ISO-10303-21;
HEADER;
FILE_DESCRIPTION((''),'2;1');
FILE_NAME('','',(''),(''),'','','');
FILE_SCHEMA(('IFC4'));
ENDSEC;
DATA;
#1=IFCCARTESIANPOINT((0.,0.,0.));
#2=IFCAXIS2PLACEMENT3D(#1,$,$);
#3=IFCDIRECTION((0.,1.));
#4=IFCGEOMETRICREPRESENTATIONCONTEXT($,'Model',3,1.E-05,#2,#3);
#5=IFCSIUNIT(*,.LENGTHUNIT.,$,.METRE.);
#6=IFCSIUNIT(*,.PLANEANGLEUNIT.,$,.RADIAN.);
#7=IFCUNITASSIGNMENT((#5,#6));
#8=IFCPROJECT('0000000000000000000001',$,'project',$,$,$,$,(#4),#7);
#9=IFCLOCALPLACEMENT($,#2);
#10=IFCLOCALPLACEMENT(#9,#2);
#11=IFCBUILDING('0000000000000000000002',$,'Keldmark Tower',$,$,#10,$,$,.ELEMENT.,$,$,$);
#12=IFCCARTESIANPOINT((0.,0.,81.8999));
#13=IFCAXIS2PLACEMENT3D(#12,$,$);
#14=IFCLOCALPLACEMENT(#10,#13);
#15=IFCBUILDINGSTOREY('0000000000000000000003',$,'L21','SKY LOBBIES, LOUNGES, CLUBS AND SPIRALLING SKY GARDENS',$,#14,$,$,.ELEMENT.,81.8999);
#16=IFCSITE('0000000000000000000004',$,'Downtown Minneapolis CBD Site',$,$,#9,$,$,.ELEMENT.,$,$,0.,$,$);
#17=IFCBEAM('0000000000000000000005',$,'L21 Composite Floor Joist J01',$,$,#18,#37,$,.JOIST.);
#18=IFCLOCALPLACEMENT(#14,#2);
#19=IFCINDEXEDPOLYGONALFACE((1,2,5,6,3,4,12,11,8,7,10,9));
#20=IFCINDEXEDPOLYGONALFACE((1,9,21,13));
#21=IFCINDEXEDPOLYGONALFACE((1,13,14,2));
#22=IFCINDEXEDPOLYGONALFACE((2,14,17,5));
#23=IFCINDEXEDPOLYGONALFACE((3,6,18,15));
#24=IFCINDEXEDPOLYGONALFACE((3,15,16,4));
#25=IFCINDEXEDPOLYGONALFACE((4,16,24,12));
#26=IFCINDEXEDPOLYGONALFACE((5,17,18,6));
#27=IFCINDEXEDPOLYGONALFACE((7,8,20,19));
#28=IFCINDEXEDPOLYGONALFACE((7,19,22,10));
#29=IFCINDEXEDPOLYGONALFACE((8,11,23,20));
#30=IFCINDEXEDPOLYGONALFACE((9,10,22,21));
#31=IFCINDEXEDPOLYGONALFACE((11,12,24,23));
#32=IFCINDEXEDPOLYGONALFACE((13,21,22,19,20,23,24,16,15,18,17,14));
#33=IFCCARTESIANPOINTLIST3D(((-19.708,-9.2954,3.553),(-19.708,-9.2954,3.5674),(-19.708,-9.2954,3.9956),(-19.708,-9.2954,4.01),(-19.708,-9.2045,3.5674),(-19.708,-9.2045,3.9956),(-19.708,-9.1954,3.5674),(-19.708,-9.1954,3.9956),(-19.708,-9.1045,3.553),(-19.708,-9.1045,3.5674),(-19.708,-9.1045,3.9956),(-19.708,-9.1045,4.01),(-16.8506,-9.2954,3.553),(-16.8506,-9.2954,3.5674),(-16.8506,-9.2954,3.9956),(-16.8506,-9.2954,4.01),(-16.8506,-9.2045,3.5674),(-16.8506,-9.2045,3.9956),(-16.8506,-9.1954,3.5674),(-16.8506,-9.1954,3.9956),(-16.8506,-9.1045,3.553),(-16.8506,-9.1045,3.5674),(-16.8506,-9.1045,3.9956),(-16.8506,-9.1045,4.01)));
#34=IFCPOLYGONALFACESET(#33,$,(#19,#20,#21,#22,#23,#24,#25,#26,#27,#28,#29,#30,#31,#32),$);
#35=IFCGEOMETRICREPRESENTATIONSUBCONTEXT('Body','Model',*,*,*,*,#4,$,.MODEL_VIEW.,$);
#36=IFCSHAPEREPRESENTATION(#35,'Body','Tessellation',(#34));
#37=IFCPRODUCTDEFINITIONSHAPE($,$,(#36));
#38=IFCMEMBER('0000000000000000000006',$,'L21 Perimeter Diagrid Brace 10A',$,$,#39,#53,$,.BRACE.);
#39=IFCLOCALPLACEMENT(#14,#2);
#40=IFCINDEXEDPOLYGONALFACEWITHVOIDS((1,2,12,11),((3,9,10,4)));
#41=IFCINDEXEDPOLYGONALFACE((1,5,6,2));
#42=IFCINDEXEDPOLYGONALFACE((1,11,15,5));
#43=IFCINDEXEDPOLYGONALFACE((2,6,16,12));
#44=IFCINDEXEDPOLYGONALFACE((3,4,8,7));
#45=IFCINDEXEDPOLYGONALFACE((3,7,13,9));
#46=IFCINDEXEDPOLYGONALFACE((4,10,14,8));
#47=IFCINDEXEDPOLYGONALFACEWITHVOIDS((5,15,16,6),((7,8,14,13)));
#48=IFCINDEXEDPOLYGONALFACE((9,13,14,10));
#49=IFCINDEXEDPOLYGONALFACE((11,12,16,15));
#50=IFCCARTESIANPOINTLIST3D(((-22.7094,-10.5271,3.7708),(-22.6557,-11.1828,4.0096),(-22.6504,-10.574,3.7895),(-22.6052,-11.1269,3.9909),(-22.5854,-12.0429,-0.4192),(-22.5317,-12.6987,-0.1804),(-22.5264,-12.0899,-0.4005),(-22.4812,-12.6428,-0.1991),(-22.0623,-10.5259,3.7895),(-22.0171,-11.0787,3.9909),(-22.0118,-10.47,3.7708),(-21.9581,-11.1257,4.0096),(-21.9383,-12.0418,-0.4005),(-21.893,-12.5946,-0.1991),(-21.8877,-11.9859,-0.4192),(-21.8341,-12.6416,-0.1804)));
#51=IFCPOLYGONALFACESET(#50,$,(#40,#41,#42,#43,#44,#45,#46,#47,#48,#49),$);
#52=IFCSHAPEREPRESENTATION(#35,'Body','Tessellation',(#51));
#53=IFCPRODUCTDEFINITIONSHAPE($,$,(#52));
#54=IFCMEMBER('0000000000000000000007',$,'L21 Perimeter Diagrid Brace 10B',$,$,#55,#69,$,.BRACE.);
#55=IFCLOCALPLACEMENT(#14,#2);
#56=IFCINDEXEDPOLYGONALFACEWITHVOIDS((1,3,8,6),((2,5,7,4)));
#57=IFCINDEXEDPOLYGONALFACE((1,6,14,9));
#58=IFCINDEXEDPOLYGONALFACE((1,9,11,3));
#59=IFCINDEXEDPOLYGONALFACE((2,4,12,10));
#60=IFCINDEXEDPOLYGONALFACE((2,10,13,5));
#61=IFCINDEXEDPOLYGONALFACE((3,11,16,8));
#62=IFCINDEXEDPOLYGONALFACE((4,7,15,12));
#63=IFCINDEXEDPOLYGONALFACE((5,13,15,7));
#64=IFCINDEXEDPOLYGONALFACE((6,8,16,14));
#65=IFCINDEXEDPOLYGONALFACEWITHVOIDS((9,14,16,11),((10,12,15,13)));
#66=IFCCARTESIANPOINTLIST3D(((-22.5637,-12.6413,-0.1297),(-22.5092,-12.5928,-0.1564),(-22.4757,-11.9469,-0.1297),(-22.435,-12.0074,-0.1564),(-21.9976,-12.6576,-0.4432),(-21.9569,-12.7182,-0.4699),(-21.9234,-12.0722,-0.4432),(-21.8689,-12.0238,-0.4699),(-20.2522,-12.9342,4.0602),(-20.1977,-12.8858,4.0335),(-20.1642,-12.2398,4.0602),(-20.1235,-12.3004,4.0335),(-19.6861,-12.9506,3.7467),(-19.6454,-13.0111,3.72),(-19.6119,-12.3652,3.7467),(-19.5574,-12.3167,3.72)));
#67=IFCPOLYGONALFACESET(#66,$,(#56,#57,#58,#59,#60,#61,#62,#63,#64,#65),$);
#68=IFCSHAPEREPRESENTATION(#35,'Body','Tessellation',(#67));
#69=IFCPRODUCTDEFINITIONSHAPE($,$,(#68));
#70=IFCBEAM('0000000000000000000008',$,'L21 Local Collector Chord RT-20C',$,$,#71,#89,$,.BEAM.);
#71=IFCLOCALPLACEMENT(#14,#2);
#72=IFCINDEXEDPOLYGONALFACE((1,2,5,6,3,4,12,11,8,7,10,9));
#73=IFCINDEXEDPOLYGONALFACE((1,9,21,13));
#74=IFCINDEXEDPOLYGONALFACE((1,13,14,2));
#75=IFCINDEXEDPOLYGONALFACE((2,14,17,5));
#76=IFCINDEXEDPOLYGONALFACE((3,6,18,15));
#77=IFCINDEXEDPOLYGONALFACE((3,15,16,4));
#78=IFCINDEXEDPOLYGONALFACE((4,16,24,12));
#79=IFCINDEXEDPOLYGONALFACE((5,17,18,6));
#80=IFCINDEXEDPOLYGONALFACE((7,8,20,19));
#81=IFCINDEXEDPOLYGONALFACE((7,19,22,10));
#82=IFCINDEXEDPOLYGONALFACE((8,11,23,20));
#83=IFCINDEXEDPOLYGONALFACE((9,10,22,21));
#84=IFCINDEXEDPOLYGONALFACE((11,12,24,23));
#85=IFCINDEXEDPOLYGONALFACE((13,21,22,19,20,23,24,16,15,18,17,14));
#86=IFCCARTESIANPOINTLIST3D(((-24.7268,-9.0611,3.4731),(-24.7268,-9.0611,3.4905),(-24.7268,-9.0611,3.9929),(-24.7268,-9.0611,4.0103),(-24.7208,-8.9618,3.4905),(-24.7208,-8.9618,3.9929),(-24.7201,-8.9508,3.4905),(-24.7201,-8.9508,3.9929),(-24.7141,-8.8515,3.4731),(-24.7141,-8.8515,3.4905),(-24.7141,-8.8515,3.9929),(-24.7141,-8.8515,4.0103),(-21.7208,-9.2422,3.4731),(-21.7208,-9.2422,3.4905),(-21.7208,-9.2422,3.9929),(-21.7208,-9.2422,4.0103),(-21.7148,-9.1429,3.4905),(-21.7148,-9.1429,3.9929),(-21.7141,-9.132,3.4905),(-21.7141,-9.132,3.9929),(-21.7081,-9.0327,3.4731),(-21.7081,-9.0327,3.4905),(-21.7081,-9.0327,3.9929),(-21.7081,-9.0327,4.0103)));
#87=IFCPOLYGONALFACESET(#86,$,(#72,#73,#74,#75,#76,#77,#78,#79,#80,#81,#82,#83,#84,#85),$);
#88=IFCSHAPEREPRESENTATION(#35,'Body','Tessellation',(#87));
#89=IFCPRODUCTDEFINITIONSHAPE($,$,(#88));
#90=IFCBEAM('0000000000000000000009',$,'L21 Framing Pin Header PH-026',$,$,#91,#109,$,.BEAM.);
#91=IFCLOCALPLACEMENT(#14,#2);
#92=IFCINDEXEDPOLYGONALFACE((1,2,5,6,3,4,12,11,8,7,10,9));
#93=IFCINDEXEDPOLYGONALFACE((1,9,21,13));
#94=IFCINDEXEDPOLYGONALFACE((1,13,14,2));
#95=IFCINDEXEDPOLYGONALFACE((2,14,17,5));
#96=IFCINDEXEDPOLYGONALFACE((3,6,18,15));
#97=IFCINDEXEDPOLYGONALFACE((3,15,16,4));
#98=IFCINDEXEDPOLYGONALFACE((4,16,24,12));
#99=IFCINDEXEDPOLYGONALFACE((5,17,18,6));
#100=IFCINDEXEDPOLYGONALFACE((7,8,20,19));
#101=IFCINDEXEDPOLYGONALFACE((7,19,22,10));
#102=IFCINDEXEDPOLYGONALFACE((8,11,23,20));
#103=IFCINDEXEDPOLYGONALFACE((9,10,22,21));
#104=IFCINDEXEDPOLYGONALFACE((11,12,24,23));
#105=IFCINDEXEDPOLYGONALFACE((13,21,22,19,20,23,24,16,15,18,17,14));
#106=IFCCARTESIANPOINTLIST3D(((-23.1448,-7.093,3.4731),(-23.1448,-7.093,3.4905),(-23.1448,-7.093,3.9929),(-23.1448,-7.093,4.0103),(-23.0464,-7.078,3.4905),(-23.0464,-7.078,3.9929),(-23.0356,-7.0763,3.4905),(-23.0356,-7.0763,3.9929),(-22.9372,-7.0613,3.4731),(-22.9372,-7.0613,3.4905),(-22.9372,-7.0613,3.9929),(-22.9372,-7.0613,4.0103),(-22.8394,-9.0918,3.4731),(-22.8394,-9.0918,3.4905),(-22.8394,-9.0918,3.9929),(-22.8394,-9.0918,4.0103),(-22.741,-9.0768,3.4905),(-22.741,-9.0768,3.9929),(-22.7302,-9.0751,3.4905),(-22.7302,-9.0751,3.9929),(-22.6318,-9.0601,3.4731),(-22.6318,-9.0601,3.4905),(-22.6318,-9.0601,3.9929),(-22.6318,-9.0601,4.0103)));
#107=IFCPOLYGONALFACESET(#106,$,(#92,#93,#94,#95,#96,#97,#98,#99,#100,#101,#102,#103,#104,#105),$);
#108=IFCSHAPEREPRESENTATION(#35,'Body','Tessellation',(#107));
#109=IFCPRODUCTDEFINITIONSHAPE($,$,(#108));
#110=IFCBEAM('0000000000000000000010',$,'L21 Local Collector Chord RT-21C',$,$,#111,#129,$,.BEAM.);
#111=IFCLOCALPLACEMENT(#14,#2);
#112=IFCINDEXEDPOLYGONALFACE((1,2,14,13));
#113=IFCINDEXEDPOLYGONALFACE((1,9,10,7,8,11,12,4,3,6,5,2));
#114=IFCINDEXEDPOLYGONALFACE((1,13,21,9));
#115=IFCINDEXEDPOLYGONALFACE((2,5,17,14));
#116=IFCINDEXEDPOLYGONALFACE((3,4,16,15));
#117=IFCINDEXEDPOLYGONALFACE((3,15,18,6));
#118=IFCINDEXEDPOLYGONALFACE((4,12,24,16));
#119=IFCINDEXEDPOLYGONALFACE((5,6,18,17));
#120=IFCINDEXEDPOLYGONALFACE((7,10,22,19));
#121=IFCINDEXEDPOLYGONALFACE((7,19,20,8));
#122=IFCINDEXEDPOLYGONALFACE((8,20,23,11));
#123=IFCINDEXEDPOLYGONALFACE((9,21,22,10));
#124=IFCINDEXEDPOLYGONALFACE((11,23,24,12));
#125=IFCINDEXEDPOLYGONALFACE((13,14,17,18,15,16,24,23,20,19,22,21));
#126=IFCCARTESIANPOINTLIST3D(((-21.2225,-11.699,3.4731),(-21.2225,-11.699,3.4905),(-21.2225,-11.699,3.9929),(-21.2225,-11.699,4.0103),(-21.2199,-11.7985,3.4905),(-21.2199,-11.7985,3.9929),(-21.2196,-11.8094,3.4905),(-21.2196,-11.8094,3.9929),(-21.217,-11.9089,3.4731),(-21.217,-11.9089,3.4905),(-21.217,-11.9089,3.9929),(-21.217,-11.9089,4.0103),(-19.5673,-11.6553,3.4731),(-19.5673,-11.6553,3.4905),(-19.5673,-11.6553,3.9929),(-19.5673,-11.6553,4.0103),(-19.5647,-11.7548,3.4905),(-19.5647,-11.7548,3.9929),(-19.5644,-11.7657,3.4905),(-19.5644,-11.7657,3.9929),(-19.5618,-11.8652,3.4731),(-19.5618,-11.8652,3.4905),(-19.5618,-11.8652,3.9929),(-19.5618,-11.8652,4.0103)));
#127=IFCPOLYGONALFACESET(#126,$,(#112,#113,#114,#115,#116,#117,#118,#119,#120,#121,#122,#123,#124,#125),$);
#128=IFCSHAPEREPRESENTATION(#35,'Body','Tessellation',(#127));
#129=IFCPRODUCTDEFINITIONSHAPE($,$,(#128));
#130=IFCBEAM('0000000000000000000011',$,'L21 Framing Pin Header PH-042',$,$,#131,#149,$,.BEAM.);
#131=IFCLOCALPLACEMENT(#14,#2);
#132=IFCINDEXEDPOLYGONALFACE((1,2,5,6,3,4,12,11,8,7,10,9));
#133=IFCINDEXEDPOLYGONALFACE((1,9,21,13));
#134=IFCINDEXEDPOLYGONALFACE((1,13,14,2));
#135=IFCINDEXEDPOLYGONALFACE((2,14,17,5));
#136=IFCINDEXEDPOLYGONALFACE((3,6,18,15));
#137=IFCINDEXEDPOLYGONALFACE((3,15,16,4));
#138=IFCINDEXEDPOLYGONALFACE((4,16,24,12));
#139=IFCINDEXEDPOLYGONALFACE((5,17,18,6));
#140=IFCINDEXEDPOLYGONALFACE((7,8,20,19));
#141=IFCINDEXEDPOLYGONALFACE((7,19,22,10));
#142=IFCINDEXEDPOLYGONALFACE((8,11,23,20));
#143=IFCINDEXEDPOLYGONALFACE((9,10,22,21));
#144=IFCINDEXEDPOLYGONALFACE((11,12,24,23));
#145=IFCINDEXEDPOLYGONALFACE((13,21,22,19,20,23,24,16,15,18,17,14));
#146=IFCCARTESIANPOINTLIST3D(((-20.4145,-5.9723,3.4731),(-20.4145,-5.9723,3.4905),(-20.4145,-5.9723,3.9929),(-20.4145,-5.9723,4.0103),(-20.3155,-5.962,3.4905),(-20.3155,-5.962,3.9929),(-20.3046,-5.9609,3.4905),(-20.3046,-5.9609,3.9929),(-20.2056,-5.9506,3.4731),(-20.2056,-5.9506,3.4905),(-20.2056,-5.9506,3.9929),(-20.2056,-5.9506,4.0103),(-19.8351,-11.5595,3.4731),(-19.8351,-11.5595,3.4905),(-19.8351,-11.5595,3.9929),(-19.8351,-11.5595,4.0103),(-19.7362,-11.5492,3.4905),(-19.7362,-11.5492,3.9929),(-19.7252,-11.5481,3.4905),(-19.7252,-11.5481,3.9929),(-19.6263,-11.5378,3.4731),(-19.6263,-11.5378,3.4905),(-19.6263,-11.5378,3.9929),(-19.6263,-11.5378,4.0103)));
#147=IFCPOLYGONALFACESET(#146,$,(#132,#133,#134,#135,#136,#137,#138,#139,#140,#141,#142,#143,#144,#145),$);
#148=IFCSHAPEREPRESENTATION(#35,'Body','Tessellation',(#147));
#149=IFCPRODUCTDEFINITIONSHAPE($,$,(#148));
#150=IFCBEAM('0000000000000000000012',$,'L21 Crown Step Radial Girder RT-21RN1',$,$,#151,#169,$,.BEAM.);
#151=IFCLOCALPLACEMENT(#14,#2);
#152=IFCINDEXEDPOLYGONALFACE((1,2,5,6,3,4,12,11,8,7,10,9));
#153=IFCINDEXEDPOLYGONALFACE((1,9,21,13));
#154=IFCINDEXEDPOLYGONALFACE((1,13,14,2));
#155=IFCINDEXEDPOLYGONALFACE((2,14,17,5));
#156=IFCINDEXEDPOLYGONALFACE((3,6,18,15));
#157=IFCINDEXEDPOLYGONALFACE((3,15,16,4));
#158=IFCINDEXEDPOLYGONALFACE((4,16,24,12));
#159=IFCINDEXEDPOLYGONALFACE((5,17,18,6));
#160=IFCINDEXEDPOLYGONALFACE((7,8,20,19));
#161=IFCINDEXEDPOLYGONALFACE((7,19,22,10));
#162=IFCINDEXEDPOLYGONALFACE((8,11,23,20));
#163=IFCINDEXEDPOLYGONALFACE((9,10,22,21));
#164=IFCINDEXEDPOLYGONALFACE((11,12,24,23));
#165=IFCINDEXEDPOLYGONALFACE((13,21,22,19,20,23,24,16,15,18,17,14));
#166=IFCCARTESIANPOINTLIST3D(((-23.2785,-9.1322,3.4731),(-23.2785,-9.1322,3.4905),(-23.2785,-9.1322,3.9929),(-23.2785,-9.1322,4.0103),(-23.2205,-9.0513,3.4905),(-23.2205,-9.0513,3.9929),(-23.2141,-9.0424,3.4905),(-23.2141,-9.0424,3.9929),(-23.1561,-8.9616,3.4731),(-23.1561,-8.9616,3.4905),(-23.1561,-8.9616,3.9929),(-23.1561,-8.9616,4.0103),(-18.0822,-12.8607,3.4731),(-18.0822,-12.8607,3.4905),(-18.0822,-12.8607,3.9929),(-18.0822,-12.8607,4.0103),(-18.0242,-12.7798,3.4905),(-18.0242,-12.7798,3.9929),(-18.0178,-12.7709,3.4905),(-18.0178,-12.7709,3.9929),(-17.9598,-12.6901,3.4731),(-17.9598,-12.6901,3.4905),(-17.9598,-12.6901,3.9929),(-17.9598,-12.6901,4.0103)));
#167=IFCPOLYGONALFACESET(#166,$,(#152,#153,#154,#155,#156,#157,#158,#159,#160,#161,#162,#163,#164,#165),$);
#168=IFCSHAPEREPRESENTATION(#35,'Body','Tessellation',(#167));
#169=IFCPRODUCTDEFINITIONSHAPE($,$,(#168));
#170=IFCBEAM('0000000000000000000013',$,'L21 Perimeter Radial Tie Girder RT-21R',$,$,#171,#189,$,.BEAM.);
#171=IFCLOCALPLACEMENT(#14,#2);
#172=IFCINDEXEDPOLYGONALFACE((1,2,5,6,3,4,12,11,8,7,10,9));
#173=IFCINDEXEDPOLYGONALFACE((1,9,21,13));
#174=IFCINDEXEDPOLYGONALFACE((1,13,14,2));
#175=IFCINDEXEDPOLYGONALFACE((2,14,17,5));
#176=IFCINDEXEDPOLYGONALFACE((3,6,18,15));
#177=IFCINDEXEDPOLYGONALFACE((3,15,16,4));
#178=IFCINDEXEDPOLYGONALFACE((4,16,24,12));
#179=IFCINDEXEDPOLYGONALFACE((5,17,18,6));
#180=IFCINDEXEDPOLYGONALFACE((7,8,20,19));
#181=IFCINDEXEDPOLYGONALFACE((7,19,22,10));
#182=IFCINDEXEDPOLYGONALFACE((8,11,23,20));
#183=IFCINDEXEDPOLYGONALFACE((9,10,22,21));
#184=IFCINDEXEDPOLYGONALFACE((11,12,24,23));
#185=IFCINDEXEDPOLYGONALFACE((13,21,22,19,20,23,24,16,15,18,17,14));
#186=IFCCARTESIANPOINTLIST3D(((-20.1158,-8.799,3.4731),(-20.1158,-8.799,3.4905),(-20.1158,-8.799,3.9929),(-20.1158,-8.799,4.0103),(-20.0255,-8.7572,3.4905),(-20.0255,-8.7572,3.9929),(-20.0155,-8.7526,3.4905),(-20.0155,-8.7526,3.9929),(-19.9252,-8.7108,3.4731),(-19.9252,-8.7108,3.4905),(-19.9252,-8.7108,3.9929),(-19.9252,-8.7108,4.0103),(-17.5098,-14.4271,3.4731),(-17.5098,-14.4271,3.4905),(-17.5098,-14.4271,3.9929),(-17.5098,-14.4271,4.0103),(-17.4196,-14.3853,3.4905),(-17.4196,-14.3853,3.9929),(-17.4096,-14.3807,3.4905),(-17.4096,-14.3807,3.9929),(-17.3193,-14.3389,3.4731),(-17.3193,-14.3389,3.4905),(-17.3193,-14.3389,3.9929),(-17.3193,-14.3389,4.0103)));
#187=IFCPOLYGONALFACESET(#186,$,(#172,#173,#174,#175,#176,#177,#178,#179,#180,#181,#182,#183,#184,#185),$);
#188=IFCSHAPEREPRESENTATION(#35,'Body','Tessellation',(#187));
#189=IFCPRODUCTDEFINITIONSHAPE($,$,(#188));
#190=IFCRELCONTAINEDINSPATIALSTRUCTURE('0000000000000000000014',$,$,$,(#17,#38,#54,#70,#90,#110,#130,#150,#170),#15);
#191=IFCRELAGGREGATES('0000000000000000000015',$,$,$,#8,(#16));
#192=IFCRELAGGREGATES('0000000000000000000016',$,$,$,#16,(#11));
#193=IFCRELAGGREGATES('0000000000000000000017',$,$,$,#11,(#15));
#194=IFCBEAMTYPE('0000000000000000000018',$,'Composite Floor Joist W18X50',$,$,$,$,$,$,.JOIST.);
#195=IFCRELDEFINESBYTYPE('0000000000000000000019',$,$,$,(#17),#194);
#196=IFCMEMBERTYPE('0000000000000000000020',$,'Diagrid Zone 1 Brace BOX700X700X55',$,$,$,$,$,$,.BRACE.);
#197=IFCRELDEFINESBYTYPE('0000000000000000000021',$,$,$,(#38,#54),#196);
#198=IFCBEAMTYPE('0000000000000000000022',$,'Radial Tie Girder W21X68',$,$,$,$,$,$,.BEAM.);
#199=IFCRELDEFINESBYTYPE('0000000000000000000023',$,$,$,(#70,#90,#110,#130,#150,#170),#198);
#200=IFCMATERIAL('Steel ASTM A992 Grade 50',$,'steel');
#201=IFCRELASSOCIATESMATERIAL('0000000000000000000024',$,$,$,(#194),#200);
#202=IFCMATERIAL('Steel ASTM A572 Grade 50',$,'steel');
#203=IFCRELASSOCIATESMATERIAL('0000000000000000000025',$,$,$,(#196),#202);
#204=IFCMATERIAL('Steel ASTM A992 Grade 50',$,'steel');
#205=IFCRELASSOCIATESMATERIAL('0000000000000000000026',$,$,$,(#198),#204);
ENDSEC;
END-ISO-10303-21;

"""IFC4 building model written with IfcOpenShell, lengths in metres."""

from ifc_helpers import new_model, si_unit, direction, frame, origin, origin_2d, place, context, subcontext, project, spatial, hollow_rectangle, i_section, extrude, material, material_profile, profile_set, type_object, element, save


model = new_model("IFC4")

# Units and contexts
model_context = context("Model", 3, precision=1e-05, world=origin(), true_north=direction((0.0, 1.0)))
body_context = subcontext(model_context, "Body", "Model", "MODEL_VIEW")
ifc_project = project(units=[si_unit("LENGTHUNIT", "METRE"), si_unit("PLANEANGLEUNIT", "RADIAN")], contexts=[model_context])

# Site, building, storey
site_placement = place(None, origin())
site = spatial("IfcSite", under=ifc_project, at=site_placement, Name="Downtown Minneapolis CBD Site", CompositionType="ELEMENT", RefElevation=0.0)
building_placement = place(site_placement, origin())
building = spatial("IfcBuilding", under=site, at=building_placement, Name="Keldmark Tower", CompositionType="ELEMENT")
storey_placement = place(building_placement, frame((0.0, 0.0, 81.8999)))
storey = spatial("IfcBuildingStorey", under=building, at=storey_placement, Name="L21", Description="SKY LOBBIES, LOUNGES, CLUBS AND SPIRALLING SKY GARDENS", CompositionType="ELEMENT", Elevation=81.8999)

# Beam
ifc_material_1 = material(Name="Steel ASTM A992 Grade 50", Category="steel")
ifc_material_profile_1 = material_profile(ifc_material_1, i_section(OverallWidth=0.1909, OverallDepth=0.457, WebThickness=0.009, FlangeThickness=0.0144, at=origin_2d()), Name="W18X50")
ifc_profile_set_1 = profile_set([ifc_material_profile_1], Name="Steel ASTM A992 Grade 50")
beam_type_1 = type_object("IfcBeamType", Name="Composite Floor Joist W18X50", PredefinedType="JOIST", material=ifc_profile_set_1)
beam_1_placement = place(storey_placement, frame((-19.708, -9.2, 3.7815), z_axis=(1.0, 0.0, 0.0), x_axis=(0.0, 1.0, 0.0)))
element("IfcBeam", 1, at=beam_1_placement, inside=storey, type_object=beam_type_1, Name="L21 Composite Floor Joist J01", PredefinedType="JOIST", context=body_context, shape_type="SweptSolid", body=[
    extrude(i_section(OverallWidth=0.1909, OverallDepth=0.457, WebThickness=0.009, FlangeThickness=0.0144, at=origin_2d()), origin(), (0.0, 0.0, 1.0), 2.8574),
])

# Members
ifc_material_2 = material(Name="Steel ASTM A572 Grade 50", Category="steel")
ifc_material_profile_2 = material_profile(ifc_material_2, hollow_rectangle(XDim=0.7, YDim=0.7, WallThickness=0.0549, at=origin_2d()), Name="BOX700X700X55")
ifc_profile_set_2 = profile_set([ifc_material_profile_2], Name="Steel ASTM A572 Grade 50")
member_type = type_object("IfcMemberType", Name="Diagrid Zone 1 Brace BOX700X700X55", PredefinedType="BRACE", material=ifc_profile_set_2)
member_1_placement = place(storey_placement, frame((-22.2097, -12.3423, -0.2998), z_axis=(-0.027824, 0.340076, 0.939986), x_axis=(-0.99667, -0.081544, 0.0)))
element("IfcMember", 2, at=member_1_placement, inside=storey, type_object=member_type, Name="L21 Perimeter Diagrid Brace 10A", PredefinedType="BRACE", context=body_context, shape_type="SweptSolid", body=[
    extrude(hollow_rectangle(XDim=0.7, YDim=0.7, WallThickness=0.0549, at=origin_2d()), origin(), (0.0, 0.0, 1.0), 4.4575),
])
member_2_placement = place(storey_placement, frame((-22.2163, -12.3325, -0.2998), z_axis=(0.482148, -0.061109, 0.873956), x_axis=(0.125737, 0.992064, 0.0)))
element("IfcMember", 3, at=member_2_placement, inside=storey, type_object=member_type, Name="L21 Perimeter Diagrid Brace 10B", PredefinedType="BRACE", context=body_context, shape_type="SweptSolid", body=[
    extrude(hollow_rectangle(XDim=0.7, YDim=0.7, WallThickness=0.0549, at=origin_2d()), origin(), (0.0, 0.0, 1.0), 4.7942),
])

# Beams
ifc_material_3 = material(Name="Steel ASTM A992 Grade 50", Category="steel")
ifc_material_profile_3 = material_profile(ifc_material_3, i_section(OverallWidth=0.21, OverallDepth=0.5371, WebThickness=0.011, FlangeThickness=0.0173, at=origin_2d()), Name="W21X68")
ifc_profile_set_3 = profile_set([ifc_material_profile_3], Name="Steel ASTM A992 Grade 50")
beam_type_2 = type_object("IfcBeamType", Name="Radial Tie Girder W21X68", PredefinedType="BEAM", material=ifc_profile_set_3)
beam_2_placement = place(storey_placement, frame((-24.7205, -8.9563, 3.7417), z_axis=(0.998189, -0.060152, 0.0), x_axis=(0.060152, 0.998189, 0.0)))
element("IfcBeam", 4, at=beam_2_placement, inside=storey, type_object=beam_type_2, Name="L21 Local Collector Chord RT-20C", PredefinedType="BEAM", context=body_context, shape_type="SweptSolid", body=[
    extrude(i_section(OverallWidth=0.21, OverallDepth=0.5371, WebThickness=0.011, FlangeThickness=0.0173, at=origin_2d()), origin(), (0.0, 0.0, 1.0), 3.0115),
])
beam_3_placement = place(storey_placement, frame((-23.041, -7.0771, 3.7417), z_axis=(0.15105, -0.988526, 0.0), x_axis=(0.988526, 0.15105, 0.0)))
element("IfcBeam", 5, at=beam_3_placement, inside=storey, type_object=beam_type_2, Name="L21 Framing Pin Header PH-026", PredefinedType="BEAM", context=body_context, shape_type="SweptSolid", body=[
    extrude(i_section(OverallWidth=0.21, OverallDepth=0.5371, WebThickness=0.011, FlangeThickness=0.0173, at=origin_2d()), origin(), (0.0, 0.0, 1.0), 2.022),
])
beam_4_placement = place(storey_placement, frame((-21.2197, -11.804, 3.7417), z_axis=(0.999652, 0.026392, 0.0), x_axis=(-0.026392, 0.999652, 0.0)))
element("IfcBeam", 6, at=beam_4_placement, inside=storey, type_object=beam_type_2, Name="L21 Local Collector Chord RT-21C", PredefinedType="BEAM", context=body_context, shape_type="SweptSolid", body=[
    extrude(i_section(OverallWidth=0.21, OverallDepth=0.5371, WebThickness=0.011, FlangeThickness=0.0173, at=origin_2d()), origin(), (0.0, 0.0, 1.0), 1.6558),
])
beam_5_placement = place(storey_placement, frame((-20.3101, -5.9614, 3.7417), z_axis=(0.103139, -0.994667, 0.0), x_axis=(0.994667, 0.103139, 0.0)))
element("IfcBeam", 7, at=beam_5_placement, inside=storey, type_object=beam_type_2, Name="L21 Framing Pin Header PH-042", PredefinedType="BEAM", context=body_context, shape_type="SweptSolid", body=[
    extrude(i_section(OverallWidth=0.21, OverallDepth=0.5371, WebThickness=0.011, FlangeThickness=0.0173, at=origin_2d()), origin(), (0.0, 0.0, 1.0), 5.6172),
])
beam_6_placement = place(storey_placement, frame((-23.2173, -9.0469, 3.7417), z_axis=(0.812483, -0.582985, 0.0), x_axis=(0.582985, 0.812483, 0.0)))
element("IfcBeam", 8, at=beam_6_placement, inside=storey, type_object=beam_type_2, Name="L21 Crown Step Radial Girder RT-21RN1", PredefinedType="BEAM", context=body_context, shape_type="SweptSolid", body=[
    extrude(i_section(OverallWidth=0.21, OverallDepth=0.5371, WebThickness=0.011, FlangeThickness=0.0173, at=origin_2d()), origin(), (0.0, 0.0, 1.0), 6.3955),
])
beam_7_placement = place(storey_placement, frame((-20.0205, -8.7549, 3.7417), z_axis=(0.420166, -0.907447, 0.0), x_axis=(0.907447, 0.420166, 0.0)))
element("IfcBeam", 9, at=beam_7_placement, inside=storey, type_object=beam_type_2, Name="L21 Perimeter Radial Tie Girder RT-21R", PredefinedType="BEAM", context=body_context, shape_type="SweptSolid", body=[
    extrude(i_section(OverallWidth=0.21, OverallDepth=0.5371, WebThickness=0.011, FlangeThickness=0.0173, at=origin_2d()), origin(), (0.0, 0.0, 1.0), 6.2021),
])

save(model, "model.ifc")
